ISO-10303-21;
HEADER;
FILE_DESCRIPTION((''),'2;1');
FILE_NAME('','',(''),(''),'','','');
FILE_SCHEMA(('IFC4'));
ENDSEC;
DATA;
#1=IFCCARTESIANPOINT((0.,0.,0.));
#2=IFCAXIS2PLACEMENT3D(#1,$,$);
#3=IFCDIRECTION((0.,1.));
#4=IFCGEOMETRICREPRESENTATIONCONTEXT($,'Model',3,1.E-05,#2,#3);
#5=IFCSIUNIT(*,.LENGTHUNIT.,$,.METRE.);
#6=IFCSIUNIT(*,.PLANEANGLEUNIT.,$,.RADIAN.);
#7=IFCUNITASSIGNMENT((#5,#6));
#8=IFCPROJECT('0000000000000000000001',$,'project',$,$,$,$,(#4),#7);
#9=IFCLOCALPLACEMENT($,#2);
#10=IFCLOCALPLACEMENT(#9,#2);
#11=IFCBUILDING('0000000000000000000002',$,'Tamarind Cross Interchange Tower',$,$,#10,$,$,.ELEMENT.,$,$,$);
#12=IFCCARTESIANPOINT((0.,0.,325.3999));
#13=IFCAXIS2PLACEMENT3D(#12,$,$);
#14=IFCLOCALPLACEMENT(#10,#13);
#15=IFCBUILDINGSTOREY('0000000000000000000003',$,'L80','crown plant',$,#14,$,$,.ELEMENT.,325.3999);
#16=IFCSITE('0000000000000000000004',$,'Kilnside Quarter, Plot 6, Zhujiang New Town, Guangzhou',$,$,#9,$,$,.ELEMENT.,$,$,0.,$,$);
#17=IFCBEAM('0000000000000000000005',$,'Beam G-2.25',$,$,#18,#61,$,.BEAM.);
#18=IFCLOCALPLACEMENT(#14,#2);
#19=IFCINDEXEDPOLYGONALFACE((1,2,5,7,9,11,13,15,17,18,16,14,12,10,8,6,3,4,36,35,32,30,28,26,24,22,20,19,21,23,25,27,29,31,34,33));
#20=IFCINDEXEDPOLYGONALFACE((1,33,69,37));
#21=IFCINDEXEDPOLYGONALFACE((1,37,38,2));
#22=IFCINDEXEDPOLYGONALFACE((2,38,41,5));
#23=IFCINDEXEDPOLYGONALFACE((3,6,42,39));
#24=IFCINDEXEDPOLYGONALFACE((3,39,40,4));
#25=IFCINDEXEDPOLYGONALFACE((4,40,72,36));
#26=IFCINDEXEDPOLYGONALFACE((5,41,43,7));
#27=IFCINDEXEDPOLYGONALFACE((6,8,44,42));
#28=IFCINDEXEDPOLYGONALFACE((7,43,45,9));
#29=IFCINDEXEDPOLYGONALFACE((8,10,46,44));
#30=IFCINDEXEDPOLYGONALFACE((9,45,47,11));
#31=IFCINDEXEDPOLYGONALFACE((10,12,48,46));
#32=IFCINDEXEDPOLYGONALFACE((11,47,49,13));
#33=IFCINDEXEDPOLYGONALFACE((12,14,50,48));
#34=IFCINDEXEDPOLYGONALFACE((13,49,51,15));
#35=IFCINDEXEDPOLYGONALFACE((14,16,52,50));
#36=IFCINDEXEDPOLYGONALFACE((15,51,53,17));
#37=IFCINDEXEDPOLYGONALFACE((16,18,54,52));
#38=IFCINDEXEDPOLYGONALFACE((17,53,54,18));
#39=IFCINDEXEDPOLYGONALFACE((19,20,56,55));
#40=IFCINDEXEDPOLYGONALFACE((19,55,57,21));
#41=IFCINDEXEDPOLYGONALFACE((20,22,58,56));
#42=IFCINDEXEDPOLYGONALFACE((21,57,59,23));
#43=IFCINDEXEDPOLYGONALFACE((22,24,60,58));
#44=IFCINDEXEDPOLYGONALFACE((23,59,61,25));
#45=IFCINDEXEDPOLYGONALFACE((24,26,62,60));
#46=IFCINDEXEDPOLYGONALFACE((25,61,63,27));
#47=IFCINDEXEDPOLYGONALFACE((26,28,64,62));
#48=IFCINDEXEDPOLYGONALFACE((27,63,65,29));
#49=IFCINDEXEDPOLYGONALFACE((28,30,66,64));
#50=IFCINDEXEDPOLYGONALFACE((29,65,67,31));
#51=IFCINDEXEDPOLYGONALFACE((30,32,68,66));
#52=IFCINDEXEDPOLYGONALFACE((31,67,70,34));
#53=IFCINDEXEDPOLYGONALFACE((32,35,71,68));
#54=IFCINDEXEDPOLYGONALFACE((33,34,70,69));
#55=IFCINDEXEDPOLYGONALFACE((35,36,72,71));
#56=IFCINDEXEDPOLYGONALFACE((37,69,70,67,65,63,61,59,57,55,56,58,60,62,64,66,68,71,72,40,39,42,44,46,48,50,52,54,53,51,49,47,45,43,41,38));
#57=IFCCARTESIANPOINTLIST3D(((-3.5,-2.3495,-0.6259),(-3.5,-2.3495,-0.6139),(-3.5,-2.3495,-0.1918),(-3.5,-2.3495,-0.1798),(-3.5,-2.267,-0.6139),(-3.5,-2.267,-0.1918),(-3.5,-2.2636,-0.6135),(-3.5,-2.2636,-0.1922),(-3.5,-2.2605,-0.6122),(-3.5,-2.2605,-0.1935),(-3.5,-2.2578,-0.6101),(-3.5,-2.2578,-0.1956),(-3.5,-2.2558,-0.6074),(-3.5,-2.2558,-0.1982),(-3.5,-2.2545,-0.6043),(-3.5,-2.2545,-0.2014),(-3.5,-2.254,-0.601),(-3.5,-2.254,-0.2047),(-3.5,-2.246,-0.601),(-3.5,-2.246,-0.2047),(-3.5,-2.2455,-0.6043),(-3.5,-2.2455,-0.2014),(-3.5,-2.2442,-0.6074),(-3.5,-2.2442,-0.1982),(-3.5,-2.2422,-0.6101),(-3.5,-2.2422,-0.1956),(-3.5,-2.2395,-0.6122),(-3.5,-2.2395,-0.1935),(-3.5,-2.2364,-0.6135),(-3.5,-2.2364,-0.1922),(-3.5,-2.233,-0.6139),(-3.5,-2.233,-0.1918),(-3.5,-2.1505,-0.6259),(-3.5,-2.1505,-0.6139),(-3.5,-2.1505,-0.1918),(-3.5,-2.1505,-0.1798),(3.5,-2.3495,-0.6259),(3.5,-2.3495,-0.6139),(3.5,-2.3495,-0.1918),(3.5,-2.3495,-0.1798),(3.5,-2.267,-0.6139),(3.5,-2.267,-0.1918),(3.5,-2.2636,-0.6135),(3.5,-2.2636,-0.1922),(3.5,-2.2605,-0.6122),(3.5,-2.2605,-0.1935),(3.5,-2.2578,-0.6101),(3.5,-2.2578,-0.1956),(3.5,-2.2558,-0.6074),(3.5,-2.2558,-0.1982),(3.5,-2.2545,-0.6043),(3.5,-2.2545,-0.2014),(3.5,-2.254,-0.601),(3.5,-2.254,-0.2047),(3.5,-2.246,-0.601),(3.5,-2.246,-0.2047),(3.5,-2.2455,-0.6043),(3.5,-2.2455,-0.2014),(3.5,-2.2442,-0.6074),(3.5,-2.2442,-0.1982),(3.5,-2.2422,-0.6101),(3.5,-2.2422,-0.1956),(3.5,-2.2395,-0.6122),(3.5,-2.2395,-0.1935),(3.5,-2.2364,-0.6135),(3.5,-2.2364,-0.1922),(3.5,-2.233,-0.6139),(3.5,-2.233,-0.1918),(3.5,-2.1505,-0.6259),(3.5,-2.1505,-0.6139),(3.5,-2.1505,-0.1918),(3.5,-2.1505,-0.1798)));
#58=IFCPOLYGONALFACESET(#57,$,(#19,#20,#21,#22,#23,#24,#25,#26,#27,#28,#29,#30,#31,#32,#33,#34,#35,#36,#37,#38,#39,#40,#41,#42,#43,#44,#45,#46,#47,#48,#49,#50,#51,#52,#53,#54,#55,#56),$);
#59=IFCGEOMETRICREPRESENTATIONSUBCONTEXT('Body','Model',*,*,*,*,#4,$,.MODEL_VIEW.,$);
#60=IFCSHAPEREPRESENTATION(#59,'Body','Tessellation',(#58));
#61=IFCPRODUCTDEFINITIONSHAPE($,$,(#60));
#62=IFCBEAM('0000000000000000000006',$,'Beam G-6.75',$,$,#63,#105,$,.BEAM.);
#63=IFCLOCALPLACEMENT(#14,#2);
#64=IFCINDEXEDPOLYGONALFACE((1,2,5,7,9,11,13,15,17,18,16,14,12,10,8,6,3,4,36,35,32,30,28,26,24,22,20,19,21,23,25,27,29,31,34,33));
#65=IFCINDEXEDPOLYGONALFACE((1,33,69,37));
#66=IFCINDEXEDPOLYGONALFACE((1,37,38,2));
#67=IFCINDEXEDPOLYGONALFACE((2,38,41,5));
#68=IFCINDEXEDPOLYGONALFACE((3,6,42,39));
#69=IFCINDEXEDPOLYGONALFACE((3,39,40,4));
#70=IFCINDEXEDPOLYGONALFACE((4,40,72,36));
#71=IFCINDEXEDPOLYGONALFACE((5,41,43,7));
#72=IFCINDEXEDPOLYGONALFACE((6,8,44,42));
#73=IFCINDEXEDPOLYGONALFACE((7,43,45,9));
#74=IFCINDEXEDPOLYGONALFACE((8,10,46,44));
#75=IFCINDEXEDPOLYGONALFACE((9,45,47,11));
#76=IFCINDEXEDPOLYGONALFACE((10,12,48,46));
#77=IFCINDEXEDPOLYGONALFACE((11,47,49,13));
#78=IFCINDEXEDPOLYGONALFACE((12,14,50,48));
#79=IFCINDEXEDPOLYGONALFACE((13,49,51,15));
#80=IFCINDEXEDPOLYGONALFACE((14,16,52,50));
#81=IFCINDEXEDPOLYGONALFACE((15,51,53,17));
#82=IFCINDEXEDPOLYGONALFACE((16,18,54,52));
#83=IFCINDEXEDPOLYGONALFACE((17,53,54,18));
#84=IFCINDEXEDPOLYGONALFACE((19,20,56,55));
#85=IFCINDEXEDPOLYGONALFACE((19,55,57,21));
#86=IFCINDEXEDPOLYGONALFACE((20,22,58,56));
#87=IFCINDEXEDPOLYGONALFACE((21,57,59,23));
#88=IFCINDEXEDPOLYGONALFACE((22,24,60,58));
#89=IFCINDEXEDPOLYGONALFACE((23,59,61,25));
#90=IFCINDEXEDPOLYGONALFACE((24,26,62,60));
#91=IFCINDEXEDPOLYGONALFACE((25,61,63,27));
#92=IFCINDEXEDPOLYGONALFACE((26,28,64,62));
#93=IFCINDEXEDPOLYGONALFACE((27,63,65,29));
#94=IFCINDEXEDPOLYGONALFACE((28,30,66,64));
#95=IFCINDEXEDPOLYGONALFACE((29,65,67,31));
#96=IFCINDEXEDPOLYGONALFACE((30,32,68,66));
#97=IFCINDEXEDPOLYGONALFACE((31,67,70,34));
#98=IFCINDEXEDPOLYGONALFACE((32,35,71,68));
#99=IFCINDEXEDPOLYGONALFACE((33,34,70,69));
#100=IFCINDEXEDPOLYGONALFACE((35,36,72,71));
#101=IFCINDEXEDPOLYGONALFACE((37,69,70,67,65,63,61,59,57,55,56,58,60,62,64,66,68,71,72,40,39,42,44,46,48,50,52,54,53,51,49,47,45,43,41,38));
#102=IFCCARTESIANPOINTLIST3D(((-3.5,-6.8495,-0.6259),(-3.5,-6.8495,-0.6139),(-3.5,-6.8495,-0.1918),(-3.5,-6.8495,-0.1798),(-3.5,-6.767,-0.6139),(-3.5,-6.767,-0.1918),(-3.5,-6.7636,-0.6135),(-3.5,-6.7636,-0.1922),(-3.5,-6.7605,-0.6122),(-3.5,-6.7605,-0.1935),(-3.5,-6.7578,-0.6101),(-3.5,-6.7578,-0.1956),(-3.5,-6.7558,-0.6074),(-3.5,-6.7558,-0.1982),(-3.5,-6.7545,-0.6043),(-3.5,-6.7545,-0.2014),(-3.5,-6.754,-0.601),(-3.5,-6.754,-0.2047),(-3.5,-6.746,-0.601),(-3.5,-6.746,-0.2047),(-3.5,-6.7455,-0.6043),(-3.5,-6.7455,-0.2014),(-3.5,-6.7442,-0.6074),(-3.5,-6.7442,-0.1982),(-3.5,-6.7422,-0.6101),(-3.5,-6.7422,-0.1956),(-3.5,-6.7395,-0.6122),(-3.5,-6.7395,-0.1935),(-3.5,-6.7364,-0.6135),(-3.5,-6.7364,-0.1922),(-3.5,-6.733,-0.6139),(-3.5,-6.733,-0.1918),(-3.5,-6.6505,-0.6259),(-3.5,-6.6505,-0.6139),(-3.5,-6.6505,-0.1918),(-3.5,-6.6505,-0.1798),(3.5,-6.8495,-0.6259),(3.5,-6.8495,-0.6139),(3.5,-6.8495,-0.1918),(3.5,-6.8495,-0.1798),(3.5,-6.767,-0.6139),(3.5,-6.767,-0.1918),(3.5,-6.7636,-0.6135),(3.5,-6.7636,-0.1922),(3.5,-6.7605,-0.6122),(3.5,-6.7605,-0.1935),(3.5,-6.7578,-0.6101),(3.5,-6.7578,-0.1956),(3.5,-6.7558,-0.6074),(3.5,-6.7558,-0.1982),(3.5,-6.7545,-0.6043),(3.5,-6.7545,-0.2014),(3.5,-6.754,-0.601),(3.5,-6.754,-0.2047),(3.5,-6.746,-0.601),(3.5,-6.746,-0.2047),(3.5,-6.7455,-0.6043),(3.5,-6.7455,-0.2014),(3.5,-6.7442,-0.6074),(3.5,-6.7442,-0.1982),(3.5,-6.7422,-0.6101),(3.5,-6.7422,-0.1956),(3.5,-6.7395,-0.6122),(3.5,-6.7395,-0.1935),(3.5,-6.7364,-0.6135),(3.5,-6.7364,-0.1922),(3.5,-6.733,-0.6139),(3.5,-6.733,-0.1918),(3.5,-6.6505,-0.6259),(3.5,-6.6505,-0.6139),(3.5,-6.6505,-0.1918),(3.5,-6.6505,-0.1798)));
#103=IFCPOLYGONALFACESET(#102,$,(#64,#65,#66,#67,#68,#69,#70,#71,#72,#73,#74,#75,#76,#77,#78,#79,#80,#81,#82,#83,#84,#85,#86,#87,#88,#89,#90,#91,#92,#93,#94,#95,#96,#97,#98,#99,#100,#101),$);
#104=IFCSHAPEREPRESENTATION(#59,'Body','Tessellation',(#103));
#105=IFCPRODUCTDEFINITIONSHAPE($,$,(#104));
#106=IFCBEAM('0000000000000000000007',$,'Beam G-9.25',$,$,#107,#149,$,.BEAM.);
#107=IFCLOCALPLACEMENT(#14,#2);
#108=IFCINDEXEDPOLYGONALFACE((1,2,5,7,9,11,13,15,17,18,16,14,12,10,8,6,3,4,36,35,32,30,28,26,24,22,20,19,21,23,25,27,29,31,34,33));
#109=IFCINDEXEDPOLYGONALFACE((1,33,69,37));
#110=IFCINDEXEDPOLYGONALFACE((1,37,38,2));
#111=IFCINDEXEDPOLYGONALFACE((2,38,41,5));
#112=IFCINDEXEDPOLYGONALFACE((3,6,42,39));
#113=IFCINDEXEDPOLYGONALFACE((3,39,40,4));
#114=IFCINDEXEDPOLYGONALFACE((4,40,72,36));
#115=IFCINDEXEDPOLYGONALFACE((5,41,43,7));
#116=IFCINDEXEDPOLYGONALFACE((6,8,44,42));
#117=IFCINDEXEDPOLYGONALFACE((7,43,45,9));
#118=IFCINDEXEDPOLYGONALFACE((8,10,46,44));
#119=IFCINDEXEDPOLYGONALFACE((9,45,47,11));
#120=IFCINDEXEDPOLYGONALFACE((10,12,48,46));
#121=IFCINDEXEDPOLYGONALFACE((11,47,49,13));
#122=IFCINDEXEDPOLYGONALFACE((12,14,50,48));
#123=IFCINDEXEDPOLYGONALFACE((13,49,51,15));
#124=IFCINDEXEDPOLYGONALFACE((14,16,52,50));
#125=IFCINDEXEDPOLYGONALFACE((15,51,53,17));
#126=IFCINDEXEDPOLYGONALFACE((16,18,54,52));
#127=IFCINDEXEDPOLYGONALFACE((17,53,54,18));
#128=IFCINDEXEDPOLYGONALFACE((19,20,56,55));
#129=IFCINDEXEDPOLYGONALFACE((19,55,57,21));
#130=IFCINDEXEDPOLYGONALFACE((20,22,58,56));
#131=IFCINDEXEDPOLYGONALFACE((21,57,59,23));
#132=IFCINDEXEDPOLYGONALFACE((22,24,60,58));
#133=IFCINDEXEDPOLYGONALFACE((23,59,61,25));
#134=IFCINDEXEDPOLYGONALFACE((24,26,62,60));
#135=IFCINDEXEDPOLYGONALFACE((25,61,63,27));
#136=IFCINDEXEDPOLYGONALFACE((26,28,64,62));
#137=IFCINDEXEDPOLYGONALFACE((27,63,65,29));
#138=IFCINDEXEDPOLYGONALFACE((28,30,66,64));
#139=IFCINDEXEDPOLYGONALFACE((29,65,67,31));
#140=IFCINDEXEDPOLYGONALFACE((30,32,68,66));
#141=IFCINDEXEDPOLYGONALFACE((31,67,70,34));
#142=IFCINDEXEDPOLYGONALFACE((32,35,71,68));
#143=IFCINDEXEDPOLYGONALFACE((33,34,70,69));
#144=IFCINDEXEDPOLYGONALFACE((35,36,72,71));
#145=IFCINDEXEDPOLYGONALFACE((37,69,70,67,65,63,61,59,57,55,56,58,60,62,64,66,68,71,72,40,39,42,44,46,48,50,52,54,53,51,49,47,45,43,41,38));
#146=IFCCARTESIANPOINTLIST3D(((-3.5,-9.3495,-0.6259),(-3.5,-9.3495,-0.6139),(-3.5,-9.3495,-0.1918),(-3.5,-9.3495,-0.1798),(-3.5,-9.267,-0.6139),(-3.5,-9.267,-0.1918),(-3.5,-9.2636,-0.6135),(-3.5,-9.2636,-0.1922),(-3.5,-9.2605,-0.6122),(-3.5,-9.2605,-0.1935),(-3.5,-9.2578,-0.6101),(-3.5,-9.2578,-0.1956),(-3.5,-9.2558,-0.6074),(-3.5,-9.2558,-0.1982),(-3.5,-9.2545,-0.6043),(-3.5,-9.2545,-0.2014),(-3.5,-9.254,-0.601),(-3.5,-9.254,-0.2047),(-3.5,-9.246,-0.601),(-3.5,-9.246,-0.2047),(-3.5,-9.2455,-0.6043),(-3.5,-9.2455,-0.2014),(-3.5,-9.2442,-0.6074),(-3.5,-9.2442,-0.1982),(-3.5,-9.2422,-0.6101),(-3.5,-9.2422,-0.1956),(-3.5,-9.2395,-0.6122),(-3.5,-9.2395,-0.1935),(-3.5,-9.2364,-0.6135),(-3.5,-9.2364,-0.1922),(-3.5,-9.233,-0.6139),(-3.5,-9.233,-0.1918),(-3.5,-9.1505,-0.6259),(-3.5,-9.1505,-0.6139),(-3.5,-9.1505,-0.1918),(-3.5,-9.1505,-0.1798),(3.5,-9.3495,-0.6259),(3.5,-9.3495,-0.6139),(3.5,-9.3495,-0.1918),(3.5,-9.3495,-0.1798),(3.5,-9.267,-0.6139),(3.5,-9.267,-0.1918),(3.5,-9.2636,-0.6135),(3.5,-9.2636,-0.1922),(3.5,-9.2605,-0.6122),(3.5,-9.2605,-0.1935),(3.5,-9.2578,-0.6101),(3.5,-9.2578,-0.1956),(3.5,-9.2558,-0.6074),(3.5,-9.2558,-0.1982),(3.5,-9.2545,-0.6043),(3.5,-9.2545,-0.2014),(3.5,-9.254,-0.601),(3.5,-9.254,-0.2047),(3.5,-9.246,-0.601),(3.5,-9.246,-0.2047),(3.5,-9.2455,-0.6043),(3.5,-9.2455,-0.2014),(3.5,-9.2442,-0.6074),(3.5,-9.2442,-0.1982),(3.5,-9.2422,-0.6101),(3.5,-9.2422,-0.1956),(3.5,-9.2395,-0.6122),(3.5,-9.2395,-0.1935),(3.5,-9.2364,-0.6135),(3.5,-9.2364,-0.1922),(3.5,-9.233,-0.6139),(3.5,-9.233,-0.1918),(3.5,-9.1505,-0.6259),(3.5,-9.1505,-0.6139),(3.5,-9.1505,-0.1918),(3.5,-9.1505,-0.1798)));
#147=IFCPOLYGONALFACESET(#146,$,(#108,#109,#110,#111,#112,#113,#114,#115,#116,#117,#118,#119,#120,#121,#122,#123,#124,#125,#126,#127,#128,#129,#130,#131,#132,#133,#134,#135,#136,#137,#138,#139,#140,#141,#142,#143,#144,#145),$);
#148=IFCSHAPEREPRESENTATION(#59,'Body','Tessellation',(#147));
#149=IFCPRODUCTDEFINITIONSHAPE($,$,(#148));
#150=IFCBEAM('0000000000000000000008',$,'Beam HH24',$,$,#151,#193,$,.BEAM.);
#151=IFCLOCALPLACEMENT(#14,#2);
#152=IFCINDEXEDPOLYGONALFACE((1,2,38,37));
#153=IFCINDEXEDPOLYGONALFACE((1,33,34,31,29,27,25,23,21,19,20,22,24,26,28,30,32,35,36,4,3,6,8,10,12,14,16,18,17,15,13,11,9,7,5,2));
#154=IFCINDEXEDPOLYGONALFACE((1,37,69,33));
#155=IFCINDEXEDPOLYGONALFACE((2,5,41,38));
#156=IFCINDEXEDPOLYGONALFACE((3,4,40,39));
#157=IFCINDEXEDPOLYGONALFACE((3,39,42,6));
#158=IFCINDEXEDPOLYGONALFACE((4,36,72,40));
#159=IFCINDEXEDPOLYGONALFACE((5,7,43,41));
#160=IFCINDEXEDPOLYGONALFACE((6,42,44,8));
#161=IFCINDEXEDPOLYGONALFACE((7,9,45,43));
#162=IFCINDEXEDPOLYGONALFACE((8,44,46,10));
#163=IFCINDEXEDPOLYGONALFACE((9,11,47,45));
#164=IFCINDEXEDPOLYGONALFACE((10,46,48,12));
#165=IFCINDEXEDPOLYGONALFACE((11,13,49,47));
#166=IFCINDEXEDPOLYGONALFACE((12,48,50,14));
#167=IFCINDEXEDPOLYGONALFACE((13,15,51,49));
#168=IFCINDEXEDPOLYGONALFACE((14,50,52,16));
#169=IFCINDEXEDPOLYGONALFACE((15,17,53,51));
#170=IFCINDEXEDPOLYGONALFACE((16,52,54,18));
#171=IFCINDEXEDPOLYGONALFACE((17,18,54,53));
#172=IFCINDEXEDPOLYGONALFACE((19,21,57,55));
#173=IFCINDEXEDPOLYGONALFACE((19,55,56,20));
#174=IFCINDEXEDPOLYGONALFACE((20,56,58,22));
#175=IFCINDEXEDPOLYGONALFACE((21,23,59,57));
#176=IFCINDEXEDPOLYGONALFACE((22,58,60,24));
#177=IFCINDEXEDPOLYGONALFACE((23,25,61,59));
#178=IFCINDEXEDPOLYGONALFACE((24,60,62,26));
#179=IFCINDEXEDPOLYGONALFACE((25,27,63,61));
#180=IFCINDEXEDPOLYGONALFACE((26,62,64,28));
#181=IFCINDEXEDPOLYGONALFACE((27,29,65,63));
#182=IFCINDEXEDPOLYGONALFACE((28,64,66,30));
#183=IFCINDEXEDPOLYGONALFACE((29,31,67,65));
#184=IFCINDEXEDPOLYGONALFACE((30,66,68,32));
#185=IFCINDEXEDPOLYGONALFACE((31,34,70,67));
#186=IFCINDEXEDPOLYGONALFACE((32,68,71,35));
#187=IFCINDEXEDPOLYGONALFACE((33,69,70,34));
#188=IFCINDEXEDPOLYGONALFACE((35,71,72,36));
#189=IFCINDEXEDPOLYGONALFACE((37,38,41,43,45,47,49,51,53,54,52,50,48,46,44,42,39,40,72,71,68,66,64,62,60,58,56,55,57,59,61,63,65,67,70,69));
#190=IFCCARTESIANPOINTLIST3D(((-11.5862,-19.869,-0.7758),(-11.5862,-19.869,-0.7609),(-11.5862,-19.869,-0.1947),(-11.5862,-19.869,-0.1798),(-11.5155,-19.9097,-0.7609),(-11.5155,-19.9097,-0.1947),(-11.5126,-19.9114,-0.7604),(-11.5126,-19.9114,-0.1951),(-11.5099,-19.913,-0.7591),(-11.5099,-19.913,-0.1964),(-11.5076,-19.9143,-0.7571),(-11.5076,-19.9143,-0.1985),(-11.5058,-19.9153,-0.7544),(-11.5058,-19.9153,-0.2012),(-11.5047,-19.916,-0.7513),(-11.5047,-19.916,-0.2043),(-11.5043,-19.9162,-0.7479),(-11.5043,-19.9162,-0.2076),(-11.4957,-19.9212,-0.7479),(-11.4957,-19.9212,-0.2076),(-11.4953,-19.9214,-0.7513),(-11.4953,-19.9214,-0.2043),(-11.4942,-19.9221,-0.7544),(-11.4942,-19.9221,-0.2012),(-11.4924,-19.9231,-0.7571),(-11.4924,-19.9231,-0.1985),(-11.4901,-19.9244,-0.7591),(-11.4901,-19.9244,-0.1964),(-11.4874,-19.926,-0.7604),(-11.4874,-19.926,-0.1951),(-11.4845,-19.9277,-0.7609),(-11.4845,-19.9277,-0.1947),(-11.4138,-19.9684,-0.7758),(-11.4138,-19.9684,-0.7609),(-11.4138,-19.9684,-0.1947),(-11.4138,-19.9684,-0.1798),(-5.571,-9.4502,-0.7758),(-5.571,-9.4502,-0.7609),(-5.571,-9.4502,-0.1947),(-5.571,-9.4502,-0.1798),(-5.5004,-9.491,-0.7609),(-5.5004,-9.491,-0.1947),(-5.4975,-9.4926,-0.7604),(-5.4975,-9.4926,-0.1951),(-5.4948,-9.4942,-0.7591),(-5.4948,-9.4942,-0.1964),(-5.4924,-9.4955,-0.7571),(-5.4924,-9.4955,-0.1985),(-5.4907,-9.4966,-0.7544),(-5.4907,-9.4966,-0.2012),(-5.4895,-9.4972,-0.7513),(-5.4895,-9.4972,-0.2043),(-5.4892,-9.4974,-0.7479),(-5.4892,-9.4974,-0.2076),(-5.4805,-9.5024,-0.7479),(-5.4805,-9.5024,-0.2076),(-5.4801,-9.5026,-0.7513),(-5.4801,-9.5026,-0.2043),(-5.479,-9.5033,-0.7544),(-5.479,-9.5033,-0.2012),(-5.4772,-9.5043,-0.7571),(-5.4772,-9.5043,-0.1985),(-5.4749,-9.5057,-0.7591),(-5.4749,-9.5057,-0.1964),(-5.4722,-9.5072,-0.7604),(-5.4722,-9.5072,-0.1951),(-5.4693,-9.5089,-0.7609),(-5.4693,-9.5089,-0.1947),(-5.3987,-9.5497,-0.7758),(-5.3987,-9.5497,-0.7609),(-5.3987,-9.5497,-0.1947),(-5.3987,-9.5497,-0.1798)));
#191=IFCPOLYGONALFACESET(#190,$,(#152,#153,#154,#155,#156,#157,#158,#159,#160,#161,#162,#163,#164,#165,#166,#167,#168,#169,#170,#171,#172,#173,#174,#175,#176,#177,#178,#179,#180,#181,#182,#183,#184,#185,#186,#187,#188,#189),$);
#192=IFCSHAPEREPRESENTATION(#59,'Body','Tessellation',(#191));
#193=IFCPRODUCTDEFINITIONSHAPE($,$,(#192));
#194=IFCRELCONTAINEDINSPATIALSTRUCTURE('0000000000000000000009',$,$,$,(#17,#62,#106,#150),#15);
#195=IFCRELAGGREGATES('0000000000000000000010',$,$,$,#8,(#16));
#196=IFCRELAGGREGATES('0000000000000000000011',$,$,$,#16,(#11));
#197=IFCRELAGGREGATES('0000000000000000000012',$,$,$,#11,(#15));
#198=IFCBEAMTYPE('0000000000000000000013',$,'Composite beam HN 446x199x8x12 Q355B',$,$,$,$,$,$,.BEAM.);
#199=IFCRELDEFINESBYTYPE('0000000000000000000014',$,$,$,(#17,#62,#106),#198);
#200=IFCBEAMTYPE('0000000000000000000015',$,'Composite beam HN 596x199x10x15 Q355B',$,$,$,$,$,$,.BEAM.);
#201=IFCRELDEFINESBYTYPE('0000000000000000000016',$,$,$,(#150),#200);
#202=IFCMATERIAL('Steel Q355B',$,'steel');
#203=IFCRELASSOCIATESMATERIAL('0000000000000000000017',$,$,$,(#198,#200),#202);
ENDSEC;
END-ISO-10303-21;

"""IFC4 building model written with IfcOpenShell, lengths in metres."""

from ifc_helpers import new_model, si_unit, direction, frame, origin, origin_2d, place, context, subcontext, project, spatial, i_section, extrude, material, material_profile, profile_set, type_object, element, save


model = new_model("IFC4")

# Units and contexts
model_context = context("Model", 3, precision=1e-05, world=origin(), true_north=direction((0.0, 1.0)))
body_context = subcontext(model_context, "Body", "Model", "MODEL_VIEW")
ifc_project = project(units=[si_unit("LENGTHUNIT", "METRE"), si_unit("PLANEANGLEUNIT", "RADIAN")], contexts=[model_context])

# Site, building, storey
site_placement = place(None, origin())
site = spatial("IfcSite", under=ifc_project, at=site_placement, Name="Kilnside Quarter, Plot 6, Zhujiang New Town, Guangzhou", CompositionType="ELEMENT", RefElevation=0.0)
building_placement = place(site_placement, origin())
building = spatial("IfcBuilding", under=site, at=building_placement, Name="Tamarind Cross Interchange Tower", CompositionType="ELEMENT")
storey_placement = place(building_placement, frame((0.0, 0.0, 325.3999)))
storey = spatial("IfcBuildingStorey", under=building, at=storey_placement, Name="L80", Description="crown plant", CompositionType="ELEMENT", Elevation=325.3999)

# Beams
ifc_material_1 = material(Name="Steel Q355B", Category="steel")
ifc_material_profile_1 = material_profile(ifc_material_1, i_section(OverallWidth=0.199, OverallDepth=0.446, WebThickness=0.0081, FlangeThickness=0.012, FilletRadius=0.0129, at=origin_2d()), Name="HN 446x199x8x12")
ifc_profile_set_1 = profile_set([ifc_material_profile_1], Name="Steel Q355B")
beam_type_1 = type_object("IfcBeamType", Name="Composite beam HN 446x199x8x12 Q355B", PredefinedType="BEAM", material=ifc_profile_set_1)
for number, where, z_axis, x_axis, name in (
    (1, (-3.5, -2.25, -0.4028), (1.0, 0.0, 0.0), (0.0, 1.0, 0.0), "Beam G-2.25"),
    (2, (-3.5, -6.75, -0.4028), (1.0, 0.0, 0.0), (0.0, 1.0, 0.0), "Beam G-6.75"),
    (3, (-3.5, -9.25, -0.4028), (1.0, 0.0, 0.0), (0.0, 1.0, 0.0), "Beam G-9.25"),
):
    element("IfcBeam", number, at=place(storey_placement, frame(where, z_axis=z_axis, x_axis=x_axis)), inside=storey, type_object=beam_type_1, Name=name, PredefinedType="BEAM", context=body_context, shape_type="SweptSolid", body=[
        extrude(i_section(OverallWidth=0.199, OverallDepth=0.446, WebThickness=0.0081, FlangeThickness=0.012, FilletRadius=0.0129, at=origin_2d()), origin(), (0.0, 0.0, 1.0), 7.0),
    ])
ifc_material_profile_2 = material_profile(ifc_material_1, i_section(OverallWidth=0.199, OverallDepth=0.5959, WebThickness=0.01, FlangeThickness=0.0149, FilletRadius=0.0129, at=origin_2d()), Name="HN 596x199x10x15")
ifc_profile_set_2 = profile_set([ifc_material_profile_2], Name="Steel Q355B")
beam_type_2 = type_object("IfcBeamType", Name="Composite beam HN 596x199x10x15 Q355B", PredefinedType="BEAM", material=ifc_profile_set_2)
beam_1_placement = place(storey_placement, frame((-11.5, -19.9187, -0.4778), z_axis=(0.499994, 0.866029, 0.0), x_axis=(-0.866029, 0.499994, 0.0)))
element("IfcBeam", 4, at=beam_1_placement, inside=storey, type_object=beam_type_2, Name="Beam HH24", PredefinedType="BEAM", context=body_context, shape_type="SweptSolid", body=[
    extrude(i_section(OverallWidth=0.199, OverallDepth=0.5959, WebThickness=0.01, FlangeThickness=0.0149, FilletRadius=0.0129, at=origin_2d()), origin(), (0.0, 0.0, 1.0), 12.0305),
])

save(model, "model.ifc")
